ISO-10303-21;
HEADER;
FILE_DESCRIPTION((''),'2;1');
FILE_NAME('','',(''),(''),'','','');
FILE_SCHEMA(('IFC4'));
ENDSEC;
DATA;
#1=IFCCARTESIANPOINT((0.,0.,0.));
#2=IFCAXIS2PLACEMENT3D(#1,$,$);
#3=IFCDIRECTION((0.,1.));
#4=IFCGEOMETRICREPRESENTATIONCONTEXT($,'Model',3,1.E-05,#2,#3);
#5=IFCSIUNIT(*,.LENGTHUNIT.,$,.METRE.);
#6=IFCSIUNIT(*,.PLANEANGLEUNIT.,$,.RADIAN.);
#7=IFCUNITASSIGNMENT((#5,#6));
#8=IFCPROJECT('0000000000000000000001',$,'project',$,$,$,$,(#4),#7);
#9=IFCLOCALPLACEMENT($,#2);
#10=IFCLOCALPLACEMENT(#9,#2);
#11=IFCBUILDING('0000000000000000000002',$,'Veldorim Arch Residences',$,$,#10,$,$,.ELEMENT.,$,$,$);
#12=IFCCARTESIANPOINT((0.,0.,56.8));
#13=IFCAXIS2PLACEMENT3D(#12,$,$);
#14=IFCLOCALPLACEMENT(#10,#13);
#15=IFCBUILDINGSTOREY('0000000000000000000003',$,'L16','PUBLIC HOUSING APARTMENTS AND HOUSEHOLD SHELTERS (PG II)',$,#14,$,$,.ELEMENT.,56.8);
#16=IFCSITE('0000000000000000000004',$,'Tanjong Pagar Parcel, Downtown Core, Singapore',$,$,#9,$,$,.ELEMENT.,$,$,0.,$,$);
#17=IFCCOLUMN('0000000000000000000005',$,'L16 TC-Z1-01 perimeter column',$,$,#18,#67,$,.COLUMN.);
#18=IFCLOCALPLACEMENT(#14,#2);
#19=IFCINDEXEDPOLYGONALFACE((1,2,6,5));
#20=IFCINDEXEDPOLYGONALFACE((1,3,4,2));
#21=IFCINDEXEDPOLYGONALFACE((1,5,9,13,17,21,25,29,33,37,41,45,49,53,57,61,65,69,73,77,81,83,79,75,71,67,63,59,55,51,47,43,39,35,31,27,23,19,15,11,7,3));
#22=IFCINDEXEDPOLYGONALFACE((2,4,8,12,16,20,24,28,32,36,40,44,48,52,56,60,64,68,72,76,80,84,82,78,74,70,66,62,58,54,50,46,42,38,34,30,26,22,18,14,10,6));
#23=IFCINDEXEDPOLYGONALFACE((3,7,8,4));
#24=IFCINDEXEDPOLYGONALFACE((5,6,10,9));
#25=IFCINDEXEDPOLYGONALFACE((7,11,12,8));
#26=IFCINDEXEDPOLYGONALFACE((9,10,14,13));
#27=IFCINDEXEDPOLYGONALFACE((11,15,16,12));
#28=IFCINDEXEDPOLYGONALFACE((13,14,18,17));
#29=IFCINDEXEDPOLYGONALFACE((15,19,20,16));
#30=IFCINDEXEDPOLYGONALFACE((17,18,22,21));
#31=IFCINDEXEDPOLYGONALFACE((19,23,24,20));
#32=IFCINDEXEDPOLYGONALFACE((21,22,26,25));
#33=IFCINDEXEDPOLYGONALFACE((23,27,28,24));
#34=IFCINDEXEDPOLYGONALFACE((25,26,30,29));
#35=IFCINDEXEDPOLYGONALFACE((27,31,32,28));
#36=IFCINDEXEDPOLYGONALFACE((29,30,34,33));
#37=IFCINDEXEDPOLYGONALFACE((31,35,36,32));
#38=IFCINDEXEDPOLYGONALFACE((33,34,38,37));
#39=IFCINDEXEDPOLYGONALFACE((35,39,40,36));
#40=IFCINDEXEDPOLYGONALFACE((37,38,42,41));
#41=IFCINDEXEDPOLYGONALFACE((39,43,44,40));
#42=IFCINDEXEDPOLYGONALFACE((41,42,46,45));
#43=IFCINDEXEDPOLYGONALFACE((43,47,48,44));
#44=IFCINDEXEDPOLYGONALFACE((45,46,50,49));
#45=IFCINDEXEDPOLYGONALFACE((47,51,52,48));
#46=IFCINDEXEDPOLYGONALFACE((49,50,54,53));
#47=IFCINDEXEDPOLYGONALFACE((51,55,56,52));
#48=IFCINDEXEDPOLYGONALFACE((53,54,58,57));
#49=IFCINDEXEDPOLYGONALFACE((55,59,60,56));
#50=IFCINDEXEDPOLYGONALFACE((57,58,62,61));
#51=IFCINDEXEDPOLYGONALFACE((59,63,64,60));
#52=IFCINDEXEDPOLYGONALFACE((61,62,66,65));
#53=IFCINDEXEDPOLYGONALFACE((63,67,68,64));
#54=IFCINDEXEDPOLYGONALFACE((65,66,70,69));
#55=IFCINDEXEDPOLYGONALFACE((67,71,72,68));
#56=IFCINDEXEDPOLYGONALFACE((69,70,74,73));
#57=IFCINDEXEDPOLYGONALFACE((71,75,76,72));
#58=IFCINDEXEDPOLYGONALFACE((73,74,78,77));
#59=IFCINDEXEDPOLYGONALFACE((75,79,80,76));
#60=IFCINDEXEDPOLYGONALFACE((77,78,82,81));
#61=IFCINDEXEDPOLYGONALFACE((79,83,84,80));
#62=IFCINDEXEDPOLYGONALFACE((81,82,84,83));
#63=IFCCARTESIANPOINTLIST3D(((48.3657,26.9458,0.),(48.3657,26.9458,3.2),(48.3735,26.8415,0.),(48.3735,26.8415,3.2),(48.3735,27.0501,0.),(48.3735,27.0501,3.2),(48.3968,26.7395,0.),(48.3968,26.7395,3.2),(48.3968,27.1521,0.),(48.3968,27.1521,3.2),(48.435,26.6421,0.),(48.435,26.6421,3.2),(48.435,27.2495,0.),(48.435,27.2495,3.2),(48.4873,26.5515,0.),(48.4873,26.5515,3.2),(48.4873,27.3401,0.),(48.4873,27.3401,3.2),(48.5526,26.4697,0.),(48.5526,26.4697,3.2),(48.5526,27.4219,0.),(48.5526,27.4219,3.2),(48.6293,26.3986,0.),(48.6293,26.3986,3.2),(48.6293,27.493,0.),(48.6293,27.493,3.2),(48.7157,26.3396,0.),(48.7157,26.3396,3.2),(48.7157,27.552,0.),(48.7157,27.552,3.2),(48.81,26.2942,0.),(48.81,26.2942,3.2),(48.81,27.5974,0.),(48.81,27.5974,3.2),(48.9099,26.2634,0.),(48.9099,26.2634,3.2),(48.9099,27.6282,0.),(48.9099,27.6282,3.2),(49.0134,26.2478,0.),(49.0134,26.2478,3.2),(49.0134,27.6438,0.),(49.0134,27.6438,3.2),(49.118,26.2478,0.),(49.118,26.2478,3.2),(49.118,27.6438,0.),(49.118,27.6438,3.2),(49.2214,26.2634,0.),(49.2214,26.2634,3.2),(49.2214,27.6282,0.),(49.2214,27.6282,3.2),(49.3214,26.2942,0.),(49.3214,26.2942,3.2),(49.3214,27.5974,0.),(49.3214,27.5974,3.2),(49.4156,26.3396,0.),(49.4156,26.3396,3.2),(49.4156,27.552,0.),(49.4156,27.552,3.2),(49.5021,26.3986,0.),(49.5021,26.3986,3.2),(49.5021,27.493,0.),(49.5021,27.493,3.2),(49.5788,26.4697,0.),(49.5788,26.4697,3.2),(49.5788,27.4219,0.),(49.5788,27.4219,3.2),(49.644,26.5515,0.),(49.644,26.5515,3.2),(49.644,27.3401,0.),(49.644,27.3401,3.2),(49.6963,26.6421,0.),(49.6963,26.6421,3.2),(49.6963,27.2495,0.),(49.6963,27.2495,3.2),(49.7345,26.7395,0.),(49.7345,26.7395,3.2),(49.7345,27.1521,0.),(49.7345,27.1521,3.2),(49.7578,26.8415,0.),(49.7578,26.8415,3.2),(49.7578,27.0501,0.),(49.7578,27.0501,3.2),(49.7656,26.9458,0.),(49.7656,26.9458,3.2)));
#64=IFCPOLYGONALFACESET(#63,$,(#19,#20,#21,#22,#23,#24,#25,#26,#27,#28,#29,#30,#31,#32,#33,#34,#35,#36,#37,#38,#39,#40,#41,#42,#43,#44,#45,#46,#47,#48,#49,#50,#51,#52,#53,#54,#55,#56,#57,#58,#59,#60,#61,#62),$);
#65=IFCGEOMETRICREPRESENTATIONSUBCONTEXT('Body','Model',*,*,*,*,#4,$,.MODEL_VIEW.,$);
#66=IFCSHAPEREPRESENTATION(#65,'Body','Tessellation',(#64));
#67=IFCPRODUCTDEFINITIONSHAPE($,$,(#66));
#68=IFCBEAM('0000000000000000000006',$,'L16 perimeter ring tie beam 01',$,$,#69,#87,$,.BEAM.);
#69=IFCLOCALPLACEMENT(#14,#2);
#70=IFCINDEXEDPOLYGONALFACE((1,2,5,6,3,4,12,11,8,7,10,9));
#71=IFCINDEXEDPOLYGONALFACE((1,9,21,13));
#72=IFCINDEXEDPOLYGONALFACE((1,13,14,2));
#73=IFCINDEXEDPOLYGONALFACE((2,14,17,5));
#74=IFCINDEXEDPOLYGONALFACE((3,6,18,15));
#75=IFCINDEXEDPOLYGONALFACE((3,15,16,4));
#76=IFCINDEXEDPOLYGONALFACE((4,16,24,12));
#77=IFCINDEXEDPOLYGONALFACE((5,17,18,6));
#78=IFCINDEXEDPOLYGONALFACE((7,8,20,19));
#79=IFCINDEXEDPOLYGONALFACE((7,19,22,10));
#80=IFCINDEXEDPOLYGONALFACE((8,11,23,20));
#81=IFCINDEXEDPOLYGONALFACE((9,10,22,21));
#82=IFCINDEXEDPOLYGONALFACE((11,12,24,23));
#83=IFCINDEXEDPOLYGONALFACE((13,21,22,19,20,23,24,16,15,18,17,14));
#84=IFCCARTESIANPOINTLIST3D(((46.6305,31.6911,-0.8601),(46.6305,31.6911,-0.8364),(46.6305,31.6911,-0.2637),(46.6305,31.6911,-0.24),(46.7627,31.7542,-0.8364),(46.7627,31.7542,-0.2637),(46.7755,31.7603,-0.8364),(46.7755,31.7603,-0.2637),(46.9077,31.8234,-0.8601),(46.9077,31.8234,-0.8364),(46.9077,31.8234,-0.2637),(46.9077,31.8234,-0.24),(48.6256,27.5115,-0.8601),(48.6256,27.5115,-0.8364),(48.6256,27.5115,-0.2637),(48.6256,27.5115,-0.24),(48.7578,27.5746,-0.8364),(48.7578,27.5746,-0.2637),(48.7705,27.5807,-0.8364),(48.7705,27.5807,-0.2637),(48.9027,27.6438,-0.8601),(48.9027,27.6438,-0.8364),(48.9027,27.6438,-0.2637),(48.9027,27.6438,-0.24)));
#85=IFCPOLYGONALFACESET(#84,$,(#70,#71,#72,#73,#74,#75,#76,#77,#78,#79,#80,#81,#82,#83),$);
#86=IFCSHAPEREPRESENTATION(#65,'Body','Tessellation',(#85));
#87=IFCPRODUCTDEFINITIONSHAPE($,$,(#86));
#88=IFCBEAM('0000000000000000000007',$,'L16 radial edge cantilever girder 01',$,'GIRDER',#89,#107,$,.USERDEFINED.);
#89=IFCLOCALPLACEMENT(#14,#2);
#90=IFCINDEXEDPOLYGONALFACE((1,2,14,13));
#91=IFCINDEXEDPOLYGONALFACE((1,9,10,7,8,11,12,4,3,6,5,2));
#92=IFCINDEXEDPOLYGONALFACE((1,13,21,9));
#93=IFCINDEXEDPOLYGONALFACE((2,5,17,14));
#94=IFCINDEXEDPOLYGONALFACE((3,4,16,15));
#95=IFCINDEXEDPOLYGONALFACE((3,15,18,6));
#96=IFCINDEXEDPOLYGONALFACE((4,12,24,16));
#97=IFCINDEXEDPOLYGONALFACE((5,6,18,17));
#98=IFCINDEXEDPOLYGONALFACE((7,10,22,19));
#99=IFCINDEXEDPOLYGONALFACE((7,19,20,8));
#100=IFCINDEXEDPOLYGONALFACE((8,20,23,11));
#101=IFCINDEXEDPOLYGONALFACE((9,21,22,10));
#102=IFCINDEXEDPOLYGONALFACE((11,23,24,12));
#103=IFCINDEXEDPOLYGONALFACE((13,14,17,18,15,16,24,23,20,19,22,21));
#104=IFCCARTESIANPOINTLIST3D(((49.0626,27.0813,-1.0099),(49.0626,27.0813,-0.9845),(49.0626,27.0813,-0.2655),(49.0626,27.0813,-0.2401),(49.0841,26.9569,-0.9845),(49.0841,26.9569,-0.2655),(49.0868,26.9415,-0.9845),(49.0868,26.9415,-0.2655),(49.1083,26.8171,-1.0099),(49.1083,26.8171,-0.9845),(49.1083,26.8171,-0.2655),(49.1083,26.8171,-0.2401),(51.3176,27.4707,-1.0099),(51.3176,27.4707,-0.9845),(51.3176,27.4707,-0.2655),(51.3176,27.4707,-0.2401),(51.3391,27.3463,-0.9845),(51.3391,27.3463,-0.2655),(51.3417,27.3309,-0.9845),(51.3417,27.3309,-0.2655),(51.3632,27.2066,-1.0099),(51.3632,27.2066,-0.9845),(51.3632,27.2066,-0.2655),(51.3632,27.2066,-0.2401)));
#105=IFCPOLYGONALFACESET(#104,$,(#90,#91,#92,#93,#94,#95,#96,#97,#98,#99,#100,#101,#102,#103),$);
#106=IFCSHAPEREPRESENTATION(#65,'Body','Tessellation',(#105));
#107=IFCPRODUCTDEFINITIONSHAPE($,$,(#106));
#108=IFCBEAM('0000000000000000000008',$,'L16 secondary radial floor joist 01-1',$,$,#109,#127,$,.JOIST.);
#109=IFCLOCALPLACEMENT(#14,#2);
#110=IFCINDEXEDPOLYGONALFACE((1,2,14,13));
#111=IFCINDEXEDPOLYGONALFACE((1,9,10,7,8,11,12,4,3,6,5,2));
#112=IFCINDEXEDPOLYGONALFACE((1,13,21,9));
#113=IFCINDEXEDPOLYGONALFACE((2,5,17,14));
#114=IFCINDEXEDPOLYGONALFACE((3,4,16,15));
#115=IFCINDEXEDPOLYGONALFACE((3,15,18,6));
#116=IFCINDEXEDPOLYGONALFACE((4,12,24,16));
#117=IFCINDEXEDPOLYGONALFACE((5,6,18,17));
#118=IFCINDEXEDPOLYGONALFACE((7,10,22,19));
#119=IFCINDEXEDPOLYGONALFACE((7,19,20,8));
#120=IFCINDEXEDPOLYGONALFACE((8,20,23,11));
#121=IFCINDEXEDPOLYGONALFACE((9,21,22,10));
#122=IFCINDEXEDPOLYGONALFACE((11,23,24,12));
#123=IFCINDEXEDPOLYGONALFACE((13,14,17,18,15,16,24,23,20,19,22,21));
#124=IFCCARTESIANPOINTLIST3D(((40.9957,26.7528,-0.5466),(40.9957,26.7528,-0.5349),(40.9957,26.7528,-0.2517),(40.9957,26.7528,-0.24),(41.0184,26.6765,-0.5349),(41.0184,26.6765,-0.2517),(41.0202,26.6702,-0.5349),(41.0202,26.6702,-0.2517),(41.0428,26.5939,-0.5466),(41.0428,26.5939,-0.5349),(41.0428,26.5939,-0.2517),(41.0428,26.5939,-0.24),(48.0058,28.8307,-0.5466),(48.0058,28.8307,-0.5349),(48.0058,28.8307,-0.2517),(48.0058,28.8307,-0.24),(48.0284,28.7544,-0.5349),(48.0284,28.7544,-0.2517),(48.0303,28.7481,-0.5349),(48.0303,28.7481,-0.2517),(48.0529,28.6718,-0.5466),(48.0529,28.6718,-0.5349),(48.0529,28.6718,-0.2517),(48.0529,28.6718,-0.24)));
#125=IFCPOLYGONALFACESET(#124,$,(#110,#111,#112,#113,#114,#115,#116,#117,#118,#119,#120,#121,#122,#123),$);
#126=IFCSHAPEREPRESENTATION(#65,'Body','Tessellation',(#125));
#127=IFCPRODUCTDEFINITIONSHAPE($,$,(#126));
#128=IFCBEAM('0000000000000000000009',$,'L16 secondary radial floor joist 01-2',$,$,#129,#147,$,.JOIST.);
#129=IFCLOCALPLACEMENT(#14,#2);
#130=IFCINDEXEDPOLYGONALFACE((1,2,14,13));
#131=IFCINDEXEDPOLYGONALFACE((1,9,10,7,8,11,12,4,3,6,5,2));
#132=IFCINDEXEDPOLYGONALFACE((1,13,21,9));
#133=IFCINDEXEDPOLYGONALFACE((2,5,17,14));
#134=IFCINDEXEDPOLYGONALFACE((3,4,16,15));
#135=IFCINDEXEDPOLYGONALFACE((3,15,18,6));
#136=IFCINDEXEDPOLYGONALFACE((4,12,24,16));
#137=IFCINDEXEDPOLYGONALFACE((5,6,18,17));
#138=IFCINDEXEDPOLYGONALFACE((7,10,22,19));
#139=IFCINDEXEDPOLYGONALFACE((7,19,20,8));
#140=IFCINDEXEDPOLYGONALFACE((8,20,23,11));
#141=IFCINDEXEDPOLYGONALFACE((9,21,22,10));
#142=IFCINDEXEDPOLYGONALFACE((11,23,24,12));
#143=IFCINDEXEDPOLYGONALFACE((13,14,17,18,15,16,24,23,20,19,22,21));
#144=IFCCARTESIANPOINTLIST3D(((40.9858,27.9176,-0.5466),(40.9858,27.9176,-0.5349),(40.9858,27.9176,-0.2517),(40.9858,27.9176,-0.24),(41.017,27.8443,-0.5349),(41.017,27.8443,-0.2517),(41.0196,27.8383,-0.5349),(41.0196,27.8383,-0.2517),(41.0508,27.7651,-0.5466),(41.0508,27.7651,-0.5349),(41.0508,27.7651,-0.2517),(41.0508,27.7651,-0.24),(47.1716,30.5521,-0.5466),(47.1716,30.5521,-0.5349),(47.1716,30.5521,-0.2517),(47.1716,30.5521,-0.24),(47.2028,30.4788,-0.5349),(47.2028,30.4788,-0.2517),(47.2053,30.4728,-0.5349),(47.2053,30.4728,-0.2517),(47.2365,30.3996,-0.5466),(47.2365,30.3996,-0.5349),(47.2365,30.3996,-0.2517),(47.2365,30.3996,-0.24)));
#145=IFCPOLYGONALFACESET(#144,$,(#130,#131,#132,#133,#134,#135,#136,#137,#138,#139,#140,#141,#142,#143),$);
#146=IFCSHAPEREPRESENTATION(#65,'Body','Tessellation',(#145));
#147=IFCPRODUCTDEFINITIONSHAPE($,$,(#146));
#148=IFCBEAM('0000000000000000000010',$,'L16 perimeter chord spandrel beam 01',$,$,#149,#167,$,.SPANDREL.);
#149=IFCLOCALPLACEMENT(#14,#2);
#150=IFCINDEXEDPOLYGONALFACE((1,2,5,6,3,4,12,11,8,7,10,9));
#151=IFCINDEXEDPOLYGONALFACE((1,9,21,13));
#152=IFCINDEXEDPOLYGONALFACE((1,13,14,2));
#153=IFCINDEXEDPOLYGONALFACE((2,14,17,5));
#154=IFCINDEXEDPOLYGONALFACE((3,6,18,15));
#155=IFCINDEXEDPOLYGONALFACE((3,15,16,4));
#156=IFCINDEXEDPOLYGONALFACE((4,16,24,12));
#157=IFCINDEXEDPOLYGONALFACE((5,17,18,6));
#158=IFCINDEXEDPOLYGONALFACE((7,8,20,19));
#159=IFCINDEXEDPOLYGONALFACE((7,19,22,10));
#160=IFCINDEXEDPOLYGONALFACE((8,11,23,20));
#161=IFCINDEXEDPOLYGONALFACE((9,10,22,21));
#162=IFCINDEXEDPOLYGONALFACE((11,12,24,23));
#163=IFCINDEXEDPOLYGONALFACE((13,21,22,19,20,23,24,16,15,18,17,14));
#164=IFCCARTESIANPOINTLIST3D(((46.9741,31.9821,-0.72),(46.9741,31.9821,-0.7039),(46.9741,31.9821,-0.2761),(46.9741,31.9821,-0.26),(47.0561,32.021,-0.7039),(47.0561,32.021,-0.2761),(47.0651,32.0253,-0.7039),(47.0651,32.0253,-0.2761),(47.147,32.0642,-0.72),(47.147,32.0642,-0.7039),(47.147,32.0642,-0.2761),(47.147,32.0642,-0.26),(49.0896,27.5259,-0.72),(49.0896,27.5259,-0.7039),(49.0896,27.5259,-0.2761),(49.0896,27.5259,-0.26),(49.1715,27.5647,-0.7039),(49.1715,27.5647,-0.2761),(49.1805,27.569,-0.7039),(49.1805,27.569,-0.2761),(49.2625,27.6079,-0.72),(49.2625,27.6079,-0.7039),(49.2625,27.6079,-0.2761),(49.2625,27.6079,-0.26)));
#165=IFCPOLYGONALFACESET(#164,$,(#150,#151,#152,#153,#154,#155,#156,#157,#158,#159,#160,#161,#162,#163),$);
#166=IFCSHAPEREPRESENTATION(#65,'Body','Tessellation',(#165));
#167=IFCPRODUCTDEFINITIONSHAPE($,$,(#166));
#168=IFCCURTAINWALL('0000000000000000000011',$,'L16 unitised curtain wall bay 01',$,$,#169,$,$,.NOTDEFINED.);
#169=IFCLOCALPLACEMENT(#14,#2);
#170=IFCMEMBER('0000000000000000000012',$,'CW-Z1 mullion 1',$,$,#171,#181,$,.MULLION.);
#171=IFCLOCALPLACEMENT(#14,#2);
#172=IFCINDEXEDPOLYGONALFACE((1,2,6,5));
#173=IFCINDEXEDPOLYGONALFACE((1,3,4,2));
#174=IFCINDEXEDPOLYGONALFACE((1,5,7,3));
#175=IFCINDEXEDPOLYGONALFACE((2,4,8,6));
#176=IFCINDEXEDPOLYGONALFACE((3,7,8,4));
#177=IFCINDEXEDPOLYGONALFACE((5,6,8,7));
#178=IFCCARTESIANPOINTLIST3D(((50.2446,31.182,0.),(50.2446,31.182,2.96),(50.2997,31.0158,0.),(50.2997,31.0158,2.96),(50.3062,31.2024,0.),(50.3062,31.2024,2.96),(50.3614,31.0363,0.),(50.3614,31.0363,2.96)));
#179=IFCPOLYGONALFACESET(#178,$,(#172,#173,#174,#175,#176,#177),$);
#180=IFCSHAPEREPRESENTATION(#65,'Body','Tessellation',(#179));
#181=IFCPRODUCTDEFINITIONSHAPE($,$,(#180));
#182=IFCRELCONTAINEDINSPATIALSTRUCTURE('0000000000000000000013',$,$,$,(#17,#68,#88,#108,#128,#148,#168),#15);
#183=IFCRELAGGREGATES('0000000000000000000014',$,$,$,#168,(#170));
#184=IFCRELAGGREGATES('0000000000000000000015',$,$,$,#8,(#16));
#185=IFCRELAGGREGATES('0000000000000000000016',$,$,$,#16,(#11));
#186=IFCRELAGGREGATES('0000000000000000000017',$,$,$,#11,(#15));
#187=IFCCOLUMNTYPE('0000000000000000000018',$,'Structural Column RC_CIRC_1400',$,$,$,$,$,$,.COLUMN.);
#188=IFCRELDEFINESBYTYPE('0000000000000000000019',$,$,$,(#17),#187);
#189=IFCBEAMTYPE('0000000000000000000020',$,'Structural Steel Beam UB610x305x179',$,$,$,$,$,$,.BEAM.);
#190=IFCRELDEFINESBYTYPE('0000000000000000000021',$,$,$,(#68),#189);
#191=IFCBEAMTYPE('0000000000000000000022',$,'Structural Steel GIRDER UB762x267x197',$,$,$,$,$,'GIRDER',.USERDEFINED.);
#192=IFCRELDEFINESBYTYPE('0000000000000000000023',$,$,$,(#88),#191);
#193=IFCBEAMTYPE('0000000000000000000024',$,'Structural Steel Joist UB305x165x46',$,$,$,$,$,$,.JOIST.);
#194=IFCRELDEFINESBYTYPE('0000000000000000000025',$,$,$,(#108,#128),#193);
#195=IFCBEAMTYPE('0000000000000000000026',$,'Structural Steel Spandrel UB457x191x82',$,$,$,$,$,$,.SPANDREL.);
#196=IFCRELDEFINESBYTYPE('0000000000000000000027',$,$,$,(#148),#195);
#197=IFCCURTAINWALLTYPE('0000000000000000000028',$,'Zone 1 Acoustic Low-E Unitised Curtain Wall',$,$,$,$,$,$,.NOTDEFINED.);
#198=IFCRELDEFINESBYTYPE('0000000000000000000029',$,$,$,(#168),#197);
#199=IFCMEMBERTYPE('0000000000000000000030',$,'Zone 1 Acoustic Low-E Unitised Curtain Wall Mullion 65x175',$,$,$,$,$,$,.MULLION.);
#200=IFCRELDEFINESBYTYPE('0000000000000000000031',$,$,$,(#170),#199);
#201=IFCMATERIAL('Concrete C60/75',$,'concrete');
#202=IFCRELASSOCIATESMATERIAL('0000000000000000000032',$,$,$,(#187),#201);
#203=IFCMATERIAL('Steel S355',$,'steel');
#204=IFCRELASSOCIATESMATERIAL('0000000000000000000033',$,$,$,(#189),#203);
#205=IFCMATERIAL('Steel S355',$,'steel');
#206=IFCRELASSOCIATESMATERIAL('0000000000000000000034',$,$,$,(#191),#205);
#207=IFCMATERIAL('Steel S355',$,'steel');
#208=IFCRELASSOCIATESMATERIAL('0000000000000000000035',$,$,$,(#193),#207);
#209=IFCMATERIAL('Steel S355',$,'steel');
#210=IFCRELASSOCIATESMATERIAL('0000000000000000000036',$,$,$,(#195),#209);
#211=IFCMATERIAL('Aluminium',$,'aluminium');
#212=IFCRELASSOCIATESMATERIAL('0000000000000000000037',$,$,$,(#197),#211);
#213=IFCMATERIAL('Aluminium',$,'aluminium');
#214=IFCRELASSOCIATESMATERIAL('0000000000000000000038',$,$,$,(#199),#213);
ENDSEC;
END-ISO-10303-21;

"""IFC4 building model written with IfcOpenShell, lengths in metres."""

from ifc_helpers import new_model, si_unit, direction, frame, origin, origin_2d, place, context, subcontext, project, spatial, rectangle, circle, i_section, extrude, material, material_profile, profile_set, type_object, element, aggregate, save


model = new_model("IFC4")

# Units and contexts
model_context = context("Model", 3, precision=1e-05, world=origin(), true_north=direction((0.0, 1.0)))
body_context = subcontext(model_context, "Body", "Model", "MODEL_VIEW")
ifc_project = project(units=[si_unit("LENGTHUNIT", "METRE"), si_unit("PLANEANGLEUNIT", "RADIAN")], contexts=[model_context])

# Site, building, storey
site_placement = place(None, origin())
site = spatial("IfcSite", under=ifc_project, at=site_placement, Name="Tanjong Pagar Parcel, Downtown Core, Singapore", CompositionType="ELEMENT", RefElevation=0.0)
building_placement = place(site_placement, origin())
building = spatial("IfcBuilding", under=site, at=building_placement, Name="Veldorim Arch Residences", CompositionType="ELEMENT")
storey_placement = place(building_placement, frame((0.0, 0.0, 56.8)))
storey = spatial("IfcBuildingStorey", under=building, at=storey_placement, Name="L16", Description="PUBLIC HOUSING APARTMENTS AND HOUSEHOLD SHELTERS (PG II)", CompositionType="ELEMENT", Elevation=56.8)

# Column
ifc_material_1 = material(Name="Concrete C60/75", Category="concrete")
ifc_material_profile_1 = material_profile(ifc_material_1, circle(Radius=0.7, at=origin_2d()), Name="RC_CIRC_1400")
ifc_profile_set_1 = profile_set([ifc_material_profile_1], Name="Concrete C60/75")
column_type = type_object("IfcColumnType", Name="Structural Column RC_CIRC_1400", PredefinedType="COLUMN", material=ifc_profile_set_1)
column_placement = place(storey_placement, frame((49.0657, 26.9458, 0.0), z_axis=(0.0, 0.0, 1.0), x_axis=(1.0, 0.0, 0.0)))
element("IfcColumn", 1, at=column_placement, inside=storey, type_object=column_type, Name="L16 TC-Z1-01 perimeter column", PredefinedType="COLUMN", context=body_context, shape_type="SweptSolid", body=[
    extrude(circle(Radius=0.7, at=origin_2d()), origin(), (0.0, 0.0, 1.0), 3.2),
])

# Beams
ifc_material_2 = material(Name="Steel S355", Category="steel")
ifc_material_profile_2 = material_profile(ifc_material_2, i_section(OverallWidth=0.3071, OverallDepth=0.6201, WebThickness=0.0142, FlangeThickness=0.0237, at=origin_2d()), Name="UB610x305x179")
ifc_profile_set_2 = profile_set([ifc_material_profile_2], Name="Steel S355")
beam_type_1 = type_object("IfcBeamType", Name="Structural Steel Beam UB610x305x179", PredefinedType="BEAM", material=ifc_profile_set_2)
beam_1_placement = place(storey_placement, frame((48.7642, 27.5776, -0.55), z_axis=(-0.430776, 0.902459, 0.0), x_axis=(-0.902459, -0.430776, 0.0)))
element("IfcBeam", 2, at=beam_1_placement, inside=storey, type_object=beam_type_1, Name="L16 perimeter ring tie beam 01", PredefinedType="BEAM", context=body_context, shape_type="SweptSolid", body=[
    extrude(i_section(OverallWidth=0.3071, OverallDepth=0.6201, WebThickness=0.0142, FlangeThickness=0.0237, at=origin_2d()), origin(), (0.0, 0.0, 1.0), 4.6313),
])
ifc_material_3 = material(Name="Steel S355", Category="steel")
ifc_material_profile_3 = material_profile(ifc_material_3, i_section(OverallWidth=0.2681, OverallDepth=0.7698, WebThickness=0.0156, FlangeThickness=0.0254, at=origin_2d()), Name="UB762x267x197")
ifc_profile_set_3 = profile_set([ifc_material_profile_3], Name="Steel S355")
beam_type_2 = type_object("IfcBeamType", Name="Structural Steel GIRDER UB762x267x197", ElementType="GIRDER", PredefinedType="USERDEFINED", material=ifc_profile_set_3)
beam_2_placement = place(storey_placement, frame((49.0854, 26.9492, -0.625), z_axis=(0.985414, 0.170175, 0.0), x_axis=(-0.170175, 0.985414, 0.0)))
element("IfcBeam", 3, at=beam_2_placement, inside=storey, type_object=beam_type_2, Name="L16 radial edge cantilever girder 01", ObjectType="GIRDER", PredefinedType="USERDEFINED", context=body_context, shape_type="SweptSolid", body=[
    extrude(i_section(OverallWidth=0.2681, OverallDepth=0.7698, WebThickness=0.0156, FlangeThickness=0.0254, at=origin_2d()), origin(), (0.0, 0.0, 1.0), 2.2883),
])
ifc_material_4 = material(Name="Steel S355", Category="steel")
ifc_material_profile_4 = material_profile(ifc_material_4, i_section(OverallWidth=0.1658, OverallDepth=0.3066, WebThickness=0.0066, FlangeThickness=0.0117, at=origin_2d()), Name="UB305x165x46")
ifc_profile_set_4 = profile_set([ifc_material_profile_4], Name="Steel S355")
beam_type_3 = type_object("IfcBeamType", Name="Structural Steel Joist UB305x165x46", PredefinedType="JOIST", material=ifc_profile_set_4)
beam_3_placement = place(storey_placement, frame((41.0193, 26.6733, -0.3933), z_axis=(0.958767, 0.284194, 0.0), x_axis=(-0.284194, 0.958767, 0.0)))
element("IfcBeam", 4, at=beam_3_placement, inside=storey, type_object=beam_type_3, Name="L16 secondary radial floor joist 01-1", PredefinedType="JOIST", context=body_context, shape_type="SweptSolid", body=[
    extrude(i_section(OverallWidth=0.1658, OverallDepth=0.3066, WebThickness=0.0066, FlangeThickness=0.0117, at=origin_2d()), origin(), (0.0, 0.0, 1.0), 7.3115),
])
beam_4_placement = place(storey_placement, frame((41.0183, 27.8413, -0.3933), z_axis=(0.920033, 0.391841, 0.0), x_axis=(-0.391841, 0.920033, 0.0)))
element("IfcBeam", 5, at=beam_4_placement, inside=storey, type_object=beam_type_3, Name="L16 secondary radial floor joist 01-2", PredefinedType="JOIST", context=body_context, shape_type="SweptSolid", body=[
    extrude(i_section(OverallWidth=0.1658, OverallDepth=0.3066, WebThickness=0.0066, FlangeThickness=0.0117, at=origin_2d()), origin(), (0.0, 0.0, 1.0), 6.7234),
])
ifc_material_5 = material(Name="Steel S355", Category="steel")
ifc_material_profile_5 = material_profile(ifc_material_5, i_section(OverallWidth=0.1914, OverallDepth=0.46, WebThickness=0.01, FlangeThickness=0.0161, at=origin_2d()), Name="UB457x191x82")
ifc_profile_set_5 = profile_set([ifc_material_profile_5], Name="Steel S355")
beam_type_4 = type_object("IfcBeamType", Name="Structural Steel Spandrel UB457x191x82", PredefinedType="SPANDREL", material=ifc_profile_set_5)
beam_5_placement = place(storey_placement, frame((49.176, 27.5669, -0.49), z_axis=(-0.428848, 0.903377, 0.0), x_axis=(-0.903377, -0.428848, 0.0)))
element("IfcBeam", 6, at=beam_5_placement, inside=storey, type_object=beam_type_4, Name="L16 perimeter chord spandrel beam 01", PredefinedType="SPANDREL", context=body_context, shape_type="SweptSolid", body=[
    extrude(i_section(OverallWidth=0.1914, OverallDepth=0.46, WebThickness=0.01, FlangeThickness=0.0161, at=origin_2d()), origin(), (0.0, 0.0, 1.0), 4.9329),
])

# Curtain wall, member
ifc_material_6 = material(Name="Aluminium", Category="aluminium")
curtain_wall_type = type_object("IfcCurtainWallType", Name="Zone 1 Acoustic Low-E Unitised Curtain Wall", PredefinedType="NOTDEFINED", material=ifc_material_6)
curtain_wall_placement = place(storey_placement, origin())
curtain_wall = element("IfcCurtainWall", 7, at=curtain_wall_placement, inside=storey, type_object=curtain_wall_type, Name="L16 unitised curtain wall bay 01", PredefinedType="NOTDEFINED")
ifc_material_7 = material(Name="Aluminium", Category="aluminium")
ifc_material_profile_6 = material_profile(ifc_material_7, rectangle(XDim=0.0649, YDim=0.175, at=origin_2d()), Name="ALU_MUL_65x175")
ifc_profile_set_6 = profile_set([ifc_material_profile_6], Name="Aluminium")
member_type_1 = type_object("IfcMemberType", Name="Zone 1 Acoustic Low-E Unitised Curtain Wall Mullion 65x175", PredefinedType="MULLION", material=ifc_profile_set_6)
member_1_placement = place(storey_placement, frame((50.303, 31.1091, 0.0), z_axis=(0.0, 0.0, 1.0), x_axis=(0.949145, 0.314838, 0.0)))
member_1 = element("IfcMember", 8, at=member_1_placement, type_object=member_type_1, Name="CW-Z1 mullion 1", PredefinedType="MULLION", context=body_context, shape_type="SweptSolid", body=[
    extrude(rectangle(XDim=0.0649, YDim=0.175, at=origin_2d()), origin(), (0.0, 0.0, 1.0), 2.96),
])
aggregate(curtain_wall, [member_1])

save(model, "model.ifc")
